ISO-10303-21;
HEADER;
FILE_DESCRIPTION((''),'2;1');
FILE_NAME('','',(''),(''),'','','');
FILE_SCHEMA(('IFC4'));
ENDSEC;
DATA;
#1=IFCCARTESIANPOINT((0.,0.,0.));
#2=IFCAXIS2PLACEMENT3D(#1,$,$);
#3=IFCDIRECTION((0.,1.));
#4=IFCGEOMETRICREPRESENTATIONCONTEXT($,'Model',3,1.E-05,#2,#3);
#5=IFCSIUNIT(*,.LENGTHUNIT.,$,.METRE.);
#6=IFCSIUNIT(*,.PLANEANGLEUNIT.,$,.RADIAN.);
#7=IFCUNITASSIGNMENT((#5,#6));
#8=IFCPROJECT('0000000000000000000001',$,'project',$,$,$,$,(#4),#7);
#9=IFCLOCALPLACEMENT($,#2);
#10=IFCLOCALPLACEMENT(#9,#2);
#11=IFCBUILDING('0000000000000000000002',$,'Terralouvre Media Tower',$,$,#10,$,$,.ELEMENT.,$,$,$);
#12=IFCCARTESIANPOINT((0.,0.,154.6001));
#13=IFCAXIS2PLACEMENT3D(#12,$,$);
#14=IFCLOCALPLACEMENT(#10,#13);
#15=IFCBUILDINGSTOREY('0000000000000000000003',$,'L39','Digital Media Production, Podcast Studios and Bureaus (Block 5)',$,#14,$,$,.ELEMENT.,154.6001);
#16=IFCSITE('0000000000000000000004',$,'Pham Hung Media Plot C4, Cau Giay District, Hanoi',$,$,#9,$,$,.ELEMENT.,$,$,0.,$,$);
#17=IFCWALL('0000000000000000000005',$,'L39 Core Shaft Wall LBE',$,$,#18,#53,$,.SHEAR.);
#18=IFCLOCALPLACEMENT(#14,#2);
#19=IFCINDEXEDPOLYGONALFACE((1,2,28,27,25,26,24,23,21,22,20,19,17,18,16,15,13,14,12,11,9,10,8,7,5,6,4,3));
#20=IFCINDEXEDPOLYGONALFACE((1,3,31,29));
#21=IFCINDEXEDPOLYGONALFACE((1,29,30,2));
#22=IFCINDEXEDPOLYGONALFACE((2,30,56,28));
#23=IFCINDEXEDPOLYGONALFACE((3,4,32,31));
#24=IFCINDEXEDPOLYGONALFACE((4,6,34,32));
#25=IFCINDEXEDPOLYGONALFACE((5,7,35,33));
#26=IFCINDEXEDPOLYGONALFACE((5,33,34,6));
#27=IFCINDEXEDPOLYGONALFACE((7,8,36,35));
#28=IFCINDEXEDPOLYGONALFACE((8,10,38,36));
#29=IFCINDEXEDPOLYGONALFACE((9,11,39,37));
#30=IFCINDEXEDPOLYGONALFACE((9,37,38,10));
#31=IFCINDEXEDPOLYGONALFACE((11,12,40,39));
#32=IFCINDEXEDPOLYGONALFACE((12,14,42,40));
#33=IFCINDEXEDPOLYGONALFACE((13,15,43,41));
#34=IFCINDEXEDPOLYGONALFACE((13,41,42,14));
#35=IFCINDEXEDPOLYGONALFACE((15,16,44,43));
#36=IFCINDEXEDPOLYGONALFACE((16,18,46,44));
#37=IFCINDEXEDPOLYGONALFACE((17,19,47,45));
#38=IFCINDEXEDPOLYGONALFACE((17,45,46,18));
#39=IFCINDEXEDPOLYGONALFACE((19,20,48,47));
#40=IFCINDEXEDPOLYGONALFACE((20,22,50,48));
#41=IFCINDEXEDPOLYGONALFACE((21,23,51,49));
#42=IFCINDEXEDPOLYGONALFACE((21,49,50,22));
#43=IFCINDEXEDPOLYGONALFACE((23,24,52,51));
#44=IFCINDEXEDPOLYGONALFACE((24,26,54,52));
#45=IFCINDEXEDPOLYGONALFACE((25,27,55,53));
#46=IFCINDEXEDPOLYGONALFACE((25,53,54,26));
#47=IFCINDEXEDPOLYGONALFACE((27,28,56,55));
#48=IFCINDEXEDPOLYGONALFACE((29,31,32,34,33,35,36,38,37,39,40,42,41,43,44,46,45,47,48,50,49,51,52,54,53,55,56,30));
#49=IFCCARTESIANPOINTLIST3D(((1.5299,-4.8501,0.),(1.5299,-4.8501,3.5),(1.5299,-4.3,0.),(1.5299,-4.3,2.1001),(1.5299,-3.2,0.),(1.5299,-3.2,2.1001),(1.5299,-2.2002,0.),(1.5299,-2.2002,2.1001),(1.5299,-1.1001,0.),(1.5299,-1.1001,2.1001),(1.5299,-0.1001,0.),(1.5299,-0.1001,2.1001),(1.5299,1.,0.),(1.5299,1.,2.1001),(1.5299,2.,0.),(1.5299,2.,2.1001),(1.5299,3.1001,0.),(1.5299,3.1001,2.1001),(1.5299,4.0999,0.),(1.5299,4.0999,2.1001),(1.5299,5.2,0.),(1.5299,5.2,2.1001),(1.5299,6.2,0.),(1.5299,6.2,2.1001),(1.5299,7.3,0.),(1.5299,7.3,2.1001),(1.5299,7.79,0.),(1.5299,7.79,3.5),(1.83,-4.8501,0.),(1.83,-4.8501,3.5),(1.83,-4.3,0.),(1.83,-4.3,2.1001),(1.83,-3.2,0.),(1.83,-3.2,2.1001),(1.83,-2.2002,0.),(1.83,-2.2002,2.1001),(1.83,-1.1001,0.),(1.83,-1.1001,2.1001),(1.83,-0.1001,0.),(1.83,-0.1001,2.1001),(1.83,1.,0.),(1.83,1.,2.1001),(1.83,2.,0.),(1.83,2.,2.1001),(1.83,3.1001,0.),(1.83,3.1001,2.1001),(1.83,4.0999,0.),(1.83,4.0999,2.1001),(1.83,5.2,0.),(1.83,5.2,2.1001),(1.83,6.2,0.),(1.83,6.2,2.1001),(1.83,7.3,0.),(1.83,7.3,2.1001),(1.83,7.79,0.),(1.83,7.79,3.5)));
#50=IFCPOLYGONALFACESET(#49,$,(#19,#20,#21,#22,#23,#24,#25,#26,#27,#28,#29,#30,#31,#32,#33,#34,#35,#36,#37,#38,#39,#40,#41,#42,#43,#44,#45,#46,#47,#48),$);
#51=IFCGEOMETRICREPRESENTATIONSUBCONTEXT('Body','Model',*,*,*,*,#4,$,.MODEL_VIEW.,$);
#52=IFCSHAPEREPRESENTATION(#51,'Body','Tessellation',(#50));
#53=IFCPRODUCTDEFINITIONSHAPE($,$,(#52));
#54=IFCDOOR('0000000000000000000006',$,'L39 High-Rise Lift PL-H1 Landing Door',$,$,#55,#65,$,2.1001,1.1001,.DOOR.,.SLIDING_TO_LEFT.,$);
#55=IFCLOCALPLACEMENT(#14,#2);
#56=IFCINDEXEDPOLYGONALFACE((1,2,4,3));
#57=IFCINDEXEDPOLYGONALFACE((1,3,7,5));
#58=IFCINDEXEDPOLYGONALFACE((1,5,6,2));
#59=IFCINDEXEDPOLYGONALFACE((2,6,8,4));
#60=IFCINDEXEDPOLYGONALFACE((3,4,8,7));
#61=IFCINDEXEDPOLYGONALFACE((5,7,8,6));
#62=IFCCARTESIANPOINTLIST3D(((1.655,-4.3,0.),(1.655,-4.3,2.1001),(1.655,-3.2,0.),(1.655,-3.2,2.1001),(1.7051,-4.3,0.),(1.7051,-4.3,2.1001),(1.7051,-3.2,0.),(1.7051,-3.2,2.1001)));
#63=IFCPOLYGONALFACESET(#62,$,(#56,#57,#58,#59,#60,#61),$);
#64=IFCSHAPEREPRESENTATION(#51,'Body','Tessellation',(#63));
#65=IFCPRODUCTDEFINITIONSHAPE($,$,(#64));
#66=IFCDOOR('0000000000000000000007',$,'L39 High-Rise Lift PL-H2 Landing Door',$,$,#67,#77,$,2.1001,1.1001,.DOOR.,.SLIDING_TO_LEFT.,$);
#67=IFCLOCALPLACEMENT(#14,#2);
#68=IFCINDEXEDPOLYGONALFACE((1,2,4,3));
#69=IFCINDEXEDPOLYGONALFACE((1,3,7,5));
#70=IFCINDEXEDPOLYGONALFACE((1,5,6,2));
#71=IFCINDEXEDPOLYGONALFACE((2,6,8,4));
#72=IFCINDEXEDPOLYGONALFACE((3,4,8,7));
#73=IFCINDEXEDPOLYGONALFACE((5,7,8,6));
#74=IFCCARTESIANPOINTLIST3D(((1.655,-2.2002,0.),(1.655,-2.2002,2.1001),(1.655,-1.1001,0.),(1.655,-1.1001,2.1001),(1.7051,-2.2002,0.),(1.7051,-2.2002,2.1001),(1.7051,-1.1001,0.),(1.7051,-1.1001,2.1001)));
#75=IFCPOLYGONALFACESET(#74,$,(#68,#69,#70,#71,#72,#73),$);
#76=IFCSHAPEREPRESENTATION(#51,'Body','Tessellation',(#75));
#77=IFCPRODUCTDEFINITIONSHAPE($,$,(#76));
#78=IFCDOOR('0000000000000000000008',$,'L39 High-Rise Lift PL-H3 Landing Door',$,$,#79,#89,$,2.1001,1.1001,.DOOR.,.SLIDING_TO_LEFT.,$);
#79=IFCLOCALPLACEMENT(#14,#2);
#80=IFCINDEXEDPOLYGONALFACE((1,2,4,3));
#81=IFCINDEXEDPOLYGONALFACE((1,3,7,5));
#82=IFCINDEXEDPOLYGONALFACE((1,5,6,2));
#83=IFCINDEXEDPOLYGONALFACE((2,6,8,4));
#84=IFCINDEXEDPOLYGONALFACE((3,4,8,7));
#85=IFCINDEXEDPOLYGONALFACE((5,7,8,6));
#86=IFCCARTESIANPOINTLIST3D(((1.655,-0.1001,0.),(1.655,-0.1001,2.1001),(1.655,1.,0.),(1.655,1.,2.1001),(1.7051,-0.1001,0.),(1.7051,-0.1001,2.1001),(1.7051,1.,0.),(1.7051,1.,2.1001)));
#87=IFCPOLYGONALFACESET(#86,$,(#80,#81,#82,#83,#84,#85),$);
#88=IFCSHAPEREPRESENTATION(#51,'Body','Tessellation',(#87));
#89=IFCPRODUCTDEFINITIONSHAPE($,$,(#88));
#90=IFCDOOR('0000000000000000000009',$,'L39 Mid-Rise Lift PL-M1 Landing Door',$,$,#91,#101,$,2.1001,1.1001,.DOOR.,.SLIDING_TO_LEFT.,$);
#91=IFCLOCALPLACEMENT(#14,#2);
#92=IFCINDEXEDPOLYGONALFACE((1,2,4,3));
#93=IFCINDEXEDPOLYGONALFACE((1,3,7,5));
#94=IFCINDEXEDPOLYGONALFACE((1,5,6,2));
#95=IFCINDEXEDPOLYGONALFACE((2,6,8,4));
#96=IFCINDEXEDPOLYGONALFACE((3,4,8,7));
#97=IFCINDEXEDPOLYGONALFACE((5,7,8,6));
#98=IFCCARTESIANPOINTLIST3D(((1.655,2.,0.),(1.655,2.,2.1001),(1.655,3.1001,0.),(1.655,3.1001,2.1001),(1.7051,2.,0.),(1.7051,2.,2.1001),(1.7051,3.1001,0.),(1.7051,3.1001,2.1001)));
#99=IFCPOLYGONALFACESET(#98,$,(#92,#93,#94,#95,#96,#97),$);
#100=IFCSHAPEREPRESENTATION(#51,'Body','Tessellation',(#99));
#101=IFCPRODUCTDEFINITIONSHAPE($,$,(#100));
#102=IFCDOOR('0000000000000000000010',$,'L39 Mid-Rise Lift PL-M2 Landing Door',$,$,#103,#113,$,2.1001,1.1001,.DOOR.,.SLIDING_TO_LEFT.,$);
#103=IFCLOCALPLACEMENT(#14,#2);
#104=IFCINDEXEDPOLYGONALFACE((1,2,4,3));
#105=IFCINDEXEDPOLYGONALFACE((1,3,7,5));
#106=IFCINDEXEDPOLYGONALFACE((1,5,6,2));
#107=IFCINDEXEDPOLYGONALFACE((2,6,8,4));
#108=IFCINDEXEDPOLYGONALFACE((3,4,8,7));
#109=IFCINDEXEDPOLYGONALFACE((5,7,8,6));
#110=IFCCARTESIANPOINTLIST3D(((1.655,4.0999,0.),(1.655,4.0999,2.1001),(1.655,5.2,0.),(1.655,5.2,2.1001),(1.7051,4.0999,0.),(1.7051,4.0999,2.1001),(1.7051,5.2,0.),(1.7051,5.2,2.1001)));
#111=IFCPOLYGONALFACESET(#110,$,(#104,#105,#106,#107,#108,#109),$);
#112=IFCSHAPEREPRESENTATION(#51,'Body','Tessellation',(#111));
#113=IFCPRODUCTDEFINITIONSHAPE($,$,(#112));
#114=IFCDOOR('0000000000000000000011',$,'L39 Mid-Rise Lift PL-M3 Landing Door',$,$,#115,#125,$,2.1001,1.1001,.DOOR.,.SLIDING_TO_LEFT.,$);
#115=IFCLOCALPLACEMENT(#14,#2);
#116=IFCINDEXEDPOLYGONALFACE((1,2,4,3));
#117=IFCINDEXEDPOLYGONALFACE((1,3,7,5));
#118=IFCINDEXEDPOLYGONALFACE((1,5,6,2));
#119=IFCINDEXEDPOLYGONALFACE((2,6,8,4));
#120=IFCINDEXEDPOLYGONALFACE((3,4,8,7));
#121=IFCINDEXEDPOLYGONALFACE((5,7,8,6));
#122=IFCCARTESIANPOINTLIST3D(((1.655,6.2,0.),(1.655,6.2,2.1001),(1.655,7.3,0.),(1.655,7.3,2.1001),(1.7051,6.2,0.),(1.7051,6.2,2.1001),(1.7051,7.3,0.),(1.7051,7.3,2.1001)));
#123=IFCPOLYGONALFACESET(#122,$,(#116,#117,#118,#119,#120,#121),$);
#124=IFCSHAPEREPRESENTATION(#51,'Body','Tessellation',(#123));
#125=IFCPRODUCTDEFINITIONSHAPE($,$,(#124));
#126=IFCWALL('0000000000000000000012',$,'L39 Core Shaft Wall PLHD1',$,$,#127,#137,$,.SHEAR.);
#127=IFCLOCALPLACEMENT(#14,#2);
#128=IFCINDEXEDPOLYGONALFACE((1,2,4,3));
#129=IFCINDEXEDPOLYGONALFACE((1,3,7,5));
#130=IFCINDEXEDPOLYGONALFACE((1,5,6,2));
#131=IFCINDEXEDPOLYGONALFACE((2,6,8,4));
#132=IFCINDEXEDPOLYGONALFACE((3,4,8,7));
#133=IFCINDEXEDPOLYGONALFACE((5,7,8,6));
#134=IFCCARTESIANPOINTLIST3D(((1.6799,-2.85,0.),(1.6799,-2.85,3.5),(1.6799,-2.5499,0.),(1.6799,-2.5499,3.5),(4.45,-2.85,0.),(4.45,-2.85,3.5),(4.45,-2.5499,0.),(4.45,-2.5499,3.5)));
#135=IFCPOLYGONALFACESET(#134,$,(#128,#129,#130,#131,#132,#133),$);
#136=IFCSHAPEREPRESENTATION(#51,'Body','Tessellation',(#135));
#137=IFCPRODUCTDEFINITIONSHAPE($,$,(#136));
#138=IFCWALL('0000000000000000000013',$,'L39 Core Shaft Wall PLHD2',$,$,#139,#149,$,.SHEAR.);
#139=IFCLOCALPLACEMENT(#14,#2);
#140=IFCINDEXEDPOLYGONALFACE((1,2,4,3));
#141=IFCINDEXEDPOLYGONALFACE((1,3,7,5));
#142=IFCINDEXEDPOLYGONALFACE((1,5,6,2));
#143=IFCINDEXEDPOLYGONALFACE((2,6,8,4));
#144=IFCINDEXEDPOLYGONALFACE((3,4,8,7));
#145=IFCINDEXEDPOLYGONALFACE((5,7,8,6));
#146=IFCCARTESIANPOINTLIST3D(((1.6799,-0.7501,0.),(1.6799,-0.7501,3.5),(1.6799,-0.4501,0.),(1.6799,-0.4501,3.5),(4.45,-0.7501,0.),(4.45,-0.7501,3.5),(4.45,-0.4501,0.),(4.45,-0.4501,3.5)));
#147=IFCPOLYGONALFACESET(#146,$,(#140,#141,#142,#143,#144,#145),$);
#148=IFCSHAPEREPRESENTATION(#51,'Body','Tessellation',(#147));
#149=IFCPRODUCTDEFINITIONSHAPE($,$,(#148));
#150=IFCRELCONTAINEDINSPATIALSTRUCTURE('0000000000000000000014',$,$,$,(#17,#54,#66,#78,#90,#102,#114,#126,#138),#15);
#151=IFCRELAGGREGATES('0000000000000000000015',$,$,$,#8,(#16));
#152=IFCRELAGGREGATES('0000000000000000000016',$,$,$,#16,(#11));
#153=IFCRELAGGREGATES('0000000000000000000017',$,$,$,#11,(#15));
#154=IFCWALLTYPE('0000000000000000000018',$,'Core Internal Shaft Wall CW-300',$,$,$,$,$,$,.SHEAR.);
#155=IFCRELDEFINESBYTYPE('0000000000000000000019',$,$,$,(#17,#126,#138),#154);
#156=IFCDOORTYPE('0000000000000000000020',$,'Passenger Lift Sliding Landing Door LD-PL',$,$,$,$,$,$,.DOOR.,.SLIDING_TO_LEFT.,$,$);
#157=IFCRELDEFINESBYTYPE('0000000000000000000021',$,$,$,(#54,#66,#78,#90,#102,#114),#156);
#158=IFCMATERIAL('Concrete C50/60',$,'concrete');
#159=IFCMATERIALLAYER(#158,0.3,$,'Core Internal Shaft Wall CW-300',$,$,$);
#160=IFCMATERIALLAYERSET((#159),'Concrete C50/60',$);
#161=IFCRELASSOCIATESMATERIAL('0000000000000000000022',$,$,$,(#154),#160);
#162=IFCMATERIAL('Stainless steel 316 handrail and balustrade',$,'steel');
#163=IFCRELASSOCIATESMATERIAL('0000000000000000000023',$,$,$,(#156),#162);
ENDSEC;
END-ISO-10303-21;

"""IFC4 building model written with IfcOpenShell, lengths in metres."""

from ifc_helpers import new_model, si_unit, direction, frame, frame_2d, origin, place, context, subcontext, project, spatial, rectangle, extrude, material, layer, layer_set, type_object, element, fill, save


model = new_model("IFC4")

# Units and contexts
model_context = context("Model", 3, precision=1e-05, world=origin(), true_north=direction((0.0, 1.0)))
body_context = subcontext(model_context, "Body", "Model", "MODEL_VIEW")
ifc_project = project(units=[si_unit("LENGTHUNIT", "METRE"), si_unit("PLANEANGLEUNIT", "RADIAN")], contexts=[model_context])

# Site, building, storey
site_placement = place(None, origin())
site = spatial("IfcSite", under=ifc_project, at=site_placement, Name="Pham Hung Media Plot C4, Cau Giay District, Hanoi", CompositionType="ELEMENT", RefElevation=0.0)
building_placement = place(site_placement, origin())
building = spatial("IfcBuilding", under=site, at=building_placement, Name="Terralouvre Media Tower", CompositionType="ELEMENT")
storey_placement = place(building_placement, frame((0.0, 0.0, 154.6001)))
storey = spatial("IfcBuildingStorey", under=building, at=storey_placement, Name="L39", Description="Digital Media Production, Podcast Studios and Bureaus (Block 5)", CompositionType="ELEMENT", Elevation=154.6001)

# Shared definitions
ifc_material_1 = material(Name="Concrete C50/60", Category="concrete")
ifc_layer_1 = layer(ifc_material_1, 0.3, Name="Core Internal Shaft Wall CW-300")
ifc_layer_set_1 = layer_set([ifc_layer_1], Name="Concrete C50/60")
wall_type_1 = type_object("IfcWallType", Name="Core Internal Shaft Wall CW-300", PredefinedType="SHEAR", material=ifc_layer_set_1)

# Wall, openings, doors
wall_1_placement = place(storey_placement, frame((1.6799, -4.8501, 0.0), z_axis=(0.0, 0.0, 1.0), x_axis=(0.0, 1.0, 0.0)))
wall_1 = element("IfcWall", 1, at=wall_1_placement, inside=storey, type_object=wall_type_1, Name="L39 Core Shaft Wall LBE", PredefinedType="SHEAR", context=body_context, shape_type="SweptSolid", body=[
    extrude(rectangle(XDim=12.6401, YDim=0.3, at=frame_2d((6.3201, 0.0))), origin(), (0.0, 0.0, 1.0), 3.5),
])
opening_1_placement = place(wall_1_placement, frame((0.55, 0.0, 0.0)))
opening_1 = element("IfcOpeningElement", 2, at=opening_1_placement, cuts=wall_1, PredefinedType="OPENING", context=body_context, shape_type="SweptSolid", body=[
    extrude(rectangle(XDim=1.1001, YDim=2.1001, at=frame_2d((0.55, 1.05))), frame((0.0, 0.1599, 0.0), z_axis=(0.0, -1.0, 0.0), x_axis=(1.0, 0.0, 0.0)), (0.0, 0.0, 1.0), 0.3201),
])
opening_2_placement = place(wall_1_placement, frame((2.6499, 0.0, 0.0)))
opening_2 = element("IfcOpeningElement", 3, at=opening_2_placement, cuts=wall_1, PredefinedType="OPENING", context=body_context, shape_type="SweptSolid", body=[
    extrude(rectangle(XDim=1.1001, YDim=2.1001, at=frame_2d((0.55, 1.05))), frame((0.0, 0.1599, 0.0), z_axis=(0.0, -1.0, 0.0), x_axis=(1.0, 0.0, 0.0)), (0.0, 0.0, 1.0), 0.3201),
])
opening_3_placement = place(wall_1_placement, frame((4.75, 0.0, 0.0)))
opening_3 = element("IfcOpeningElement", 4, at=opening_3_placement, cuts=wall_1, PredefinedType="OPENING", context=body_context, shape_type="SweptSolid", body=[
    extrude(rectangle(XDim=1.1001, YDim=2.1001, at=frame_2d((0.55, 1.05))), frame((0.0, 0.1599, 0.0), z_axis=(0.0, -1.0, 0.0), x_axis=(1.0, 0.0, 0.0)), (0.0, 0.0, 1.0), 0.3201),
])
opening_4_placement = place(wall_1_placement, frame((6.8501, 0.0, 0.0)))
opening_4 = element("IfcOpeningElement", 5, at=opening_4_placement, cuts=wall_1, PredefinedType="OPENING", context=body_context, shape_type="SweptSolid", body=[
    extrude(rectangle(XDim=1.1001, YDim=2.1001, at=frame_2d((0.55, 1.05))), frame((0.0, 0.1599, 0.0), z_axis=(0.0, -1.0, 0.0), x_axis=(1.0, 0.0, 0.0)), (0.0, 0.0, 1.0), 0.3201),
])
opening_5_placement = place(wall_1_placement, frame((8.95, 0.0, 0.0)))
opening_5 = element("IfcOpeningElement", 6, at=opening_5_placement, cuts=wall_1, PredefinedType="OPENING", context=body_context, shape_type="SweptSolid", body=[
    extrude(rectangle(XDim=1.1001, YDim=2.1001, at=frame_2d((0.55, 1.05))), frame((0.0, 0.1599, 0.0), z_axis=(0.0, -1.0, 0.0), x_axis=(1.0, 0.0, 0.0)), (0.0, 0.0, 1.0), 0.3201),
])
opening_6_placement = place(wall_1_placement, frame((11.05, 0.0, 0.0)))
opening_6 = element("IfcOpeningElement", 7, at=opening_6_placement, cuts=wall_1, PredefinedType="OPENING", context=body_context, shape_type="SweptSolid", body=[
    extrude(rectangle(XDim=1.1001, YDim=2.1001, at=frame_2d((0.55, 1.05))), frame((0.0, 0.1599, 0.0), z_axis=(0.0, -1.0, 0.0), x_axis=(1.0, 0.0, 0.0)), (0.0, 0.0, 1.0), 0.3201),
])
ifc_material_2 = material(Name="Stainless steel 316 handrail and balustrade", Category="steel")
door_type_1 = type_object("IfcDoorType", Name="Passenger Lift Sliding Landing Door LD-PL", OperationType="SLIDING_TO_LEFT", PredefinedType="DOOR", material=ifc_material_2)
door_1_placement = place(opening_1_placement, origin())
door_1 = element("IfcDoor", 8, at=door_1_placement, inside=storey, type_object=door_type_1, Name="L39 High-Rise Lift PL-H1 Landing Door", OperationType="SLIDING_TO_LEFT", OverallHeight=2.1001, OverallWidth=1.1001, PredefinedType="DOOR", context=body_context, shape_type="SweptSolid", body=[
    extrude(rectangle(XDim=1.1001, YDim=2.1001, at=frame_2d((0.55, 1.05))), frame((0.0, 0.0249, 0.0), z_axis=(0.0, -1.0, 0.0), x_axis=(1.0, 0.0, 0.0)), (0.0, 0.0, 1.0), 0.05),
])
fill(opening_1, door_1)
door_2_placement = place(opening_2_placement, origin())
door_2 = element("IfcDoor", 9, at=door_2_placement, inside=storey, type_object=door_type_1, Name="L39 High-Rise Lift PL-H2 Landing Door", OperationType="SLIDING_TO_LEFT", OverallHeight=2.1001, OverallWidth=1.1001, PredefinedType="DOOR", context=body_context, shape_type="SweptSolid", body=[
    extrude(rectangle(XDim=1.1001, YDim=2.1001, at=frame_2d((0.55, 1.05))), frame((0.0, 0.0249, 0.0), z_axis=(0.0, -1.0, 0.0), x_axis=(1.0, 0.0, 0.0)), (0.0, 0.0, 1.0), 0.05),
])
fill(opening_2, door_2)
door_3_placement = place(opening_3_placement, origin())
door_3 = element("IfcDoor", 10, at=door_3_placement, inside=storey, type_object=door_type_1, Name="L39 High-Rise Lift PL-H3 Landing Door", OperationType="SLIDING_TO_LEFT", OverallHeight=2.1001, OverallWidth=1.1001, PredefinedType="DOOR", context=body_context, shape_type="SweptSolid", body=[
    extrude(rectangle(XDim=1.1001, YDim=2.1001, at=frame_2d((0.55, 1.05))), frame((0.0, 0.0249, 0.0), z_axis=(0.0, -1.0, 0.0), x_axis=(1.0, 0.0, 0.0)), (0.0, 0.0, 1.0), 0.05),
])
fill(opening_3, door_3)
door_4_placement = place(opening_4_placement, origin())
door_4 = element("IfcDoor", 11, at=door_4_placement, inside=storey, type_object=door_type_1, Name="L39 Mid-Rise Lift PL-M1 Landing Door", OperationType="SLIDING_TO_LEFT", OverallHeight=2.1001, OverallWidth=1.1001, PredefinedType="DOOR", context=body_context, shape_type="SweptSolid", body=[
    extrude(rectangle(XDim=1.1001, YDim=2.1001, at=frame_2d((0.55, 1.05))), frame((0.0, 0.0249, 0.0), z_axis=(0.0, -1.0, 0.0), x_axis=(1.0, 0.0, 0.0)), (0.0, 0.0, 1.0), 0.05),
])
fill(opening_4, door_4)
door_5_placement = place(opening_5_placement, origin())
door_5 = element("IfcDoor", 12, at=door_5_placement, inside=storey, type_object=door_type_1, Name="L39 Mid-Rise Lift PL-M2 Landing Door", OperationType="SLIDING_TO_LEFT", OverallHeight=2.1001, OverallWidth=1.1001, PredefinedType="DOOR", context=body_context, shape_type="SweptSolid", body=[
    extrude(rectangle(XDim=1.1001, YDim=2.1001, at=frame_2d((0.55, 1.05))), frame((0.0, 0.0249, 0.0), z_axis=(0.0, -1.0, 0.0), x_axis=(1.0, 0.0, 0.0)), (0.0, 0.0, 1.0), 0.05),
])
fill(opening_5, door_5)
door_6_placement = place(opening_6_placement, origin())
door_6 = element("IfcDoor", 13, at=door_6_placement, inside=storey, type_object=door_type_1, Name="L39 Mid-Rise Lift PL-M3 Landing Door", OperationType="SLIDING_TO_LEFT", OverallHeight=2.1001, OverallWidth=1.1001, PredefinedType="DOOR", context=body_context, shape_type="SweptSolid", body=[
    extrude(rectangle(XDim=1.1001, YDim=2.1001, at=frame_2d((0.55, 1.05))), frame((0.0, 0.0249, 0.0), z_axis=(0.0, -1.0, 0.0), x_axis=(1.0, 0.0, 0.0)), (0.0, 0.0, 1.0), 0.05),
])
fill(opening_6, door_6)

# Walls
for number, where, z_axis, x_axis, name in (
    (14, (1.6799, -2.7, 0.0), (0.0, 0.0, 1.0), (1.0, 0.0, 0.0), "L39 Core Shaft Wall PLHD1"),
    (15, (1.6799, -0.6001, 0.0), (0.0, 0.0, 1.0), (1.0, 0.0, 0.0), "L39 Core Shaft Wall PLHD2"),
):
    element("IfcWall", number, at=place(storey_placement, frame(where, z_axis=z_axis, x_axis=x_axis)), inside=storey, type_object=wall_type_1, Name=name, PredefinedType="SHEAR", context=body_context, shape_type="SweptSolid", body=[
        extrude(rectangle(XDim=2.77, YDim=0.3, at=frame_2d((1.385, 0.0))), origin(), (0.0, 0.0, 1.0), 3.5),
    ])

save(model, "model.ifc")
